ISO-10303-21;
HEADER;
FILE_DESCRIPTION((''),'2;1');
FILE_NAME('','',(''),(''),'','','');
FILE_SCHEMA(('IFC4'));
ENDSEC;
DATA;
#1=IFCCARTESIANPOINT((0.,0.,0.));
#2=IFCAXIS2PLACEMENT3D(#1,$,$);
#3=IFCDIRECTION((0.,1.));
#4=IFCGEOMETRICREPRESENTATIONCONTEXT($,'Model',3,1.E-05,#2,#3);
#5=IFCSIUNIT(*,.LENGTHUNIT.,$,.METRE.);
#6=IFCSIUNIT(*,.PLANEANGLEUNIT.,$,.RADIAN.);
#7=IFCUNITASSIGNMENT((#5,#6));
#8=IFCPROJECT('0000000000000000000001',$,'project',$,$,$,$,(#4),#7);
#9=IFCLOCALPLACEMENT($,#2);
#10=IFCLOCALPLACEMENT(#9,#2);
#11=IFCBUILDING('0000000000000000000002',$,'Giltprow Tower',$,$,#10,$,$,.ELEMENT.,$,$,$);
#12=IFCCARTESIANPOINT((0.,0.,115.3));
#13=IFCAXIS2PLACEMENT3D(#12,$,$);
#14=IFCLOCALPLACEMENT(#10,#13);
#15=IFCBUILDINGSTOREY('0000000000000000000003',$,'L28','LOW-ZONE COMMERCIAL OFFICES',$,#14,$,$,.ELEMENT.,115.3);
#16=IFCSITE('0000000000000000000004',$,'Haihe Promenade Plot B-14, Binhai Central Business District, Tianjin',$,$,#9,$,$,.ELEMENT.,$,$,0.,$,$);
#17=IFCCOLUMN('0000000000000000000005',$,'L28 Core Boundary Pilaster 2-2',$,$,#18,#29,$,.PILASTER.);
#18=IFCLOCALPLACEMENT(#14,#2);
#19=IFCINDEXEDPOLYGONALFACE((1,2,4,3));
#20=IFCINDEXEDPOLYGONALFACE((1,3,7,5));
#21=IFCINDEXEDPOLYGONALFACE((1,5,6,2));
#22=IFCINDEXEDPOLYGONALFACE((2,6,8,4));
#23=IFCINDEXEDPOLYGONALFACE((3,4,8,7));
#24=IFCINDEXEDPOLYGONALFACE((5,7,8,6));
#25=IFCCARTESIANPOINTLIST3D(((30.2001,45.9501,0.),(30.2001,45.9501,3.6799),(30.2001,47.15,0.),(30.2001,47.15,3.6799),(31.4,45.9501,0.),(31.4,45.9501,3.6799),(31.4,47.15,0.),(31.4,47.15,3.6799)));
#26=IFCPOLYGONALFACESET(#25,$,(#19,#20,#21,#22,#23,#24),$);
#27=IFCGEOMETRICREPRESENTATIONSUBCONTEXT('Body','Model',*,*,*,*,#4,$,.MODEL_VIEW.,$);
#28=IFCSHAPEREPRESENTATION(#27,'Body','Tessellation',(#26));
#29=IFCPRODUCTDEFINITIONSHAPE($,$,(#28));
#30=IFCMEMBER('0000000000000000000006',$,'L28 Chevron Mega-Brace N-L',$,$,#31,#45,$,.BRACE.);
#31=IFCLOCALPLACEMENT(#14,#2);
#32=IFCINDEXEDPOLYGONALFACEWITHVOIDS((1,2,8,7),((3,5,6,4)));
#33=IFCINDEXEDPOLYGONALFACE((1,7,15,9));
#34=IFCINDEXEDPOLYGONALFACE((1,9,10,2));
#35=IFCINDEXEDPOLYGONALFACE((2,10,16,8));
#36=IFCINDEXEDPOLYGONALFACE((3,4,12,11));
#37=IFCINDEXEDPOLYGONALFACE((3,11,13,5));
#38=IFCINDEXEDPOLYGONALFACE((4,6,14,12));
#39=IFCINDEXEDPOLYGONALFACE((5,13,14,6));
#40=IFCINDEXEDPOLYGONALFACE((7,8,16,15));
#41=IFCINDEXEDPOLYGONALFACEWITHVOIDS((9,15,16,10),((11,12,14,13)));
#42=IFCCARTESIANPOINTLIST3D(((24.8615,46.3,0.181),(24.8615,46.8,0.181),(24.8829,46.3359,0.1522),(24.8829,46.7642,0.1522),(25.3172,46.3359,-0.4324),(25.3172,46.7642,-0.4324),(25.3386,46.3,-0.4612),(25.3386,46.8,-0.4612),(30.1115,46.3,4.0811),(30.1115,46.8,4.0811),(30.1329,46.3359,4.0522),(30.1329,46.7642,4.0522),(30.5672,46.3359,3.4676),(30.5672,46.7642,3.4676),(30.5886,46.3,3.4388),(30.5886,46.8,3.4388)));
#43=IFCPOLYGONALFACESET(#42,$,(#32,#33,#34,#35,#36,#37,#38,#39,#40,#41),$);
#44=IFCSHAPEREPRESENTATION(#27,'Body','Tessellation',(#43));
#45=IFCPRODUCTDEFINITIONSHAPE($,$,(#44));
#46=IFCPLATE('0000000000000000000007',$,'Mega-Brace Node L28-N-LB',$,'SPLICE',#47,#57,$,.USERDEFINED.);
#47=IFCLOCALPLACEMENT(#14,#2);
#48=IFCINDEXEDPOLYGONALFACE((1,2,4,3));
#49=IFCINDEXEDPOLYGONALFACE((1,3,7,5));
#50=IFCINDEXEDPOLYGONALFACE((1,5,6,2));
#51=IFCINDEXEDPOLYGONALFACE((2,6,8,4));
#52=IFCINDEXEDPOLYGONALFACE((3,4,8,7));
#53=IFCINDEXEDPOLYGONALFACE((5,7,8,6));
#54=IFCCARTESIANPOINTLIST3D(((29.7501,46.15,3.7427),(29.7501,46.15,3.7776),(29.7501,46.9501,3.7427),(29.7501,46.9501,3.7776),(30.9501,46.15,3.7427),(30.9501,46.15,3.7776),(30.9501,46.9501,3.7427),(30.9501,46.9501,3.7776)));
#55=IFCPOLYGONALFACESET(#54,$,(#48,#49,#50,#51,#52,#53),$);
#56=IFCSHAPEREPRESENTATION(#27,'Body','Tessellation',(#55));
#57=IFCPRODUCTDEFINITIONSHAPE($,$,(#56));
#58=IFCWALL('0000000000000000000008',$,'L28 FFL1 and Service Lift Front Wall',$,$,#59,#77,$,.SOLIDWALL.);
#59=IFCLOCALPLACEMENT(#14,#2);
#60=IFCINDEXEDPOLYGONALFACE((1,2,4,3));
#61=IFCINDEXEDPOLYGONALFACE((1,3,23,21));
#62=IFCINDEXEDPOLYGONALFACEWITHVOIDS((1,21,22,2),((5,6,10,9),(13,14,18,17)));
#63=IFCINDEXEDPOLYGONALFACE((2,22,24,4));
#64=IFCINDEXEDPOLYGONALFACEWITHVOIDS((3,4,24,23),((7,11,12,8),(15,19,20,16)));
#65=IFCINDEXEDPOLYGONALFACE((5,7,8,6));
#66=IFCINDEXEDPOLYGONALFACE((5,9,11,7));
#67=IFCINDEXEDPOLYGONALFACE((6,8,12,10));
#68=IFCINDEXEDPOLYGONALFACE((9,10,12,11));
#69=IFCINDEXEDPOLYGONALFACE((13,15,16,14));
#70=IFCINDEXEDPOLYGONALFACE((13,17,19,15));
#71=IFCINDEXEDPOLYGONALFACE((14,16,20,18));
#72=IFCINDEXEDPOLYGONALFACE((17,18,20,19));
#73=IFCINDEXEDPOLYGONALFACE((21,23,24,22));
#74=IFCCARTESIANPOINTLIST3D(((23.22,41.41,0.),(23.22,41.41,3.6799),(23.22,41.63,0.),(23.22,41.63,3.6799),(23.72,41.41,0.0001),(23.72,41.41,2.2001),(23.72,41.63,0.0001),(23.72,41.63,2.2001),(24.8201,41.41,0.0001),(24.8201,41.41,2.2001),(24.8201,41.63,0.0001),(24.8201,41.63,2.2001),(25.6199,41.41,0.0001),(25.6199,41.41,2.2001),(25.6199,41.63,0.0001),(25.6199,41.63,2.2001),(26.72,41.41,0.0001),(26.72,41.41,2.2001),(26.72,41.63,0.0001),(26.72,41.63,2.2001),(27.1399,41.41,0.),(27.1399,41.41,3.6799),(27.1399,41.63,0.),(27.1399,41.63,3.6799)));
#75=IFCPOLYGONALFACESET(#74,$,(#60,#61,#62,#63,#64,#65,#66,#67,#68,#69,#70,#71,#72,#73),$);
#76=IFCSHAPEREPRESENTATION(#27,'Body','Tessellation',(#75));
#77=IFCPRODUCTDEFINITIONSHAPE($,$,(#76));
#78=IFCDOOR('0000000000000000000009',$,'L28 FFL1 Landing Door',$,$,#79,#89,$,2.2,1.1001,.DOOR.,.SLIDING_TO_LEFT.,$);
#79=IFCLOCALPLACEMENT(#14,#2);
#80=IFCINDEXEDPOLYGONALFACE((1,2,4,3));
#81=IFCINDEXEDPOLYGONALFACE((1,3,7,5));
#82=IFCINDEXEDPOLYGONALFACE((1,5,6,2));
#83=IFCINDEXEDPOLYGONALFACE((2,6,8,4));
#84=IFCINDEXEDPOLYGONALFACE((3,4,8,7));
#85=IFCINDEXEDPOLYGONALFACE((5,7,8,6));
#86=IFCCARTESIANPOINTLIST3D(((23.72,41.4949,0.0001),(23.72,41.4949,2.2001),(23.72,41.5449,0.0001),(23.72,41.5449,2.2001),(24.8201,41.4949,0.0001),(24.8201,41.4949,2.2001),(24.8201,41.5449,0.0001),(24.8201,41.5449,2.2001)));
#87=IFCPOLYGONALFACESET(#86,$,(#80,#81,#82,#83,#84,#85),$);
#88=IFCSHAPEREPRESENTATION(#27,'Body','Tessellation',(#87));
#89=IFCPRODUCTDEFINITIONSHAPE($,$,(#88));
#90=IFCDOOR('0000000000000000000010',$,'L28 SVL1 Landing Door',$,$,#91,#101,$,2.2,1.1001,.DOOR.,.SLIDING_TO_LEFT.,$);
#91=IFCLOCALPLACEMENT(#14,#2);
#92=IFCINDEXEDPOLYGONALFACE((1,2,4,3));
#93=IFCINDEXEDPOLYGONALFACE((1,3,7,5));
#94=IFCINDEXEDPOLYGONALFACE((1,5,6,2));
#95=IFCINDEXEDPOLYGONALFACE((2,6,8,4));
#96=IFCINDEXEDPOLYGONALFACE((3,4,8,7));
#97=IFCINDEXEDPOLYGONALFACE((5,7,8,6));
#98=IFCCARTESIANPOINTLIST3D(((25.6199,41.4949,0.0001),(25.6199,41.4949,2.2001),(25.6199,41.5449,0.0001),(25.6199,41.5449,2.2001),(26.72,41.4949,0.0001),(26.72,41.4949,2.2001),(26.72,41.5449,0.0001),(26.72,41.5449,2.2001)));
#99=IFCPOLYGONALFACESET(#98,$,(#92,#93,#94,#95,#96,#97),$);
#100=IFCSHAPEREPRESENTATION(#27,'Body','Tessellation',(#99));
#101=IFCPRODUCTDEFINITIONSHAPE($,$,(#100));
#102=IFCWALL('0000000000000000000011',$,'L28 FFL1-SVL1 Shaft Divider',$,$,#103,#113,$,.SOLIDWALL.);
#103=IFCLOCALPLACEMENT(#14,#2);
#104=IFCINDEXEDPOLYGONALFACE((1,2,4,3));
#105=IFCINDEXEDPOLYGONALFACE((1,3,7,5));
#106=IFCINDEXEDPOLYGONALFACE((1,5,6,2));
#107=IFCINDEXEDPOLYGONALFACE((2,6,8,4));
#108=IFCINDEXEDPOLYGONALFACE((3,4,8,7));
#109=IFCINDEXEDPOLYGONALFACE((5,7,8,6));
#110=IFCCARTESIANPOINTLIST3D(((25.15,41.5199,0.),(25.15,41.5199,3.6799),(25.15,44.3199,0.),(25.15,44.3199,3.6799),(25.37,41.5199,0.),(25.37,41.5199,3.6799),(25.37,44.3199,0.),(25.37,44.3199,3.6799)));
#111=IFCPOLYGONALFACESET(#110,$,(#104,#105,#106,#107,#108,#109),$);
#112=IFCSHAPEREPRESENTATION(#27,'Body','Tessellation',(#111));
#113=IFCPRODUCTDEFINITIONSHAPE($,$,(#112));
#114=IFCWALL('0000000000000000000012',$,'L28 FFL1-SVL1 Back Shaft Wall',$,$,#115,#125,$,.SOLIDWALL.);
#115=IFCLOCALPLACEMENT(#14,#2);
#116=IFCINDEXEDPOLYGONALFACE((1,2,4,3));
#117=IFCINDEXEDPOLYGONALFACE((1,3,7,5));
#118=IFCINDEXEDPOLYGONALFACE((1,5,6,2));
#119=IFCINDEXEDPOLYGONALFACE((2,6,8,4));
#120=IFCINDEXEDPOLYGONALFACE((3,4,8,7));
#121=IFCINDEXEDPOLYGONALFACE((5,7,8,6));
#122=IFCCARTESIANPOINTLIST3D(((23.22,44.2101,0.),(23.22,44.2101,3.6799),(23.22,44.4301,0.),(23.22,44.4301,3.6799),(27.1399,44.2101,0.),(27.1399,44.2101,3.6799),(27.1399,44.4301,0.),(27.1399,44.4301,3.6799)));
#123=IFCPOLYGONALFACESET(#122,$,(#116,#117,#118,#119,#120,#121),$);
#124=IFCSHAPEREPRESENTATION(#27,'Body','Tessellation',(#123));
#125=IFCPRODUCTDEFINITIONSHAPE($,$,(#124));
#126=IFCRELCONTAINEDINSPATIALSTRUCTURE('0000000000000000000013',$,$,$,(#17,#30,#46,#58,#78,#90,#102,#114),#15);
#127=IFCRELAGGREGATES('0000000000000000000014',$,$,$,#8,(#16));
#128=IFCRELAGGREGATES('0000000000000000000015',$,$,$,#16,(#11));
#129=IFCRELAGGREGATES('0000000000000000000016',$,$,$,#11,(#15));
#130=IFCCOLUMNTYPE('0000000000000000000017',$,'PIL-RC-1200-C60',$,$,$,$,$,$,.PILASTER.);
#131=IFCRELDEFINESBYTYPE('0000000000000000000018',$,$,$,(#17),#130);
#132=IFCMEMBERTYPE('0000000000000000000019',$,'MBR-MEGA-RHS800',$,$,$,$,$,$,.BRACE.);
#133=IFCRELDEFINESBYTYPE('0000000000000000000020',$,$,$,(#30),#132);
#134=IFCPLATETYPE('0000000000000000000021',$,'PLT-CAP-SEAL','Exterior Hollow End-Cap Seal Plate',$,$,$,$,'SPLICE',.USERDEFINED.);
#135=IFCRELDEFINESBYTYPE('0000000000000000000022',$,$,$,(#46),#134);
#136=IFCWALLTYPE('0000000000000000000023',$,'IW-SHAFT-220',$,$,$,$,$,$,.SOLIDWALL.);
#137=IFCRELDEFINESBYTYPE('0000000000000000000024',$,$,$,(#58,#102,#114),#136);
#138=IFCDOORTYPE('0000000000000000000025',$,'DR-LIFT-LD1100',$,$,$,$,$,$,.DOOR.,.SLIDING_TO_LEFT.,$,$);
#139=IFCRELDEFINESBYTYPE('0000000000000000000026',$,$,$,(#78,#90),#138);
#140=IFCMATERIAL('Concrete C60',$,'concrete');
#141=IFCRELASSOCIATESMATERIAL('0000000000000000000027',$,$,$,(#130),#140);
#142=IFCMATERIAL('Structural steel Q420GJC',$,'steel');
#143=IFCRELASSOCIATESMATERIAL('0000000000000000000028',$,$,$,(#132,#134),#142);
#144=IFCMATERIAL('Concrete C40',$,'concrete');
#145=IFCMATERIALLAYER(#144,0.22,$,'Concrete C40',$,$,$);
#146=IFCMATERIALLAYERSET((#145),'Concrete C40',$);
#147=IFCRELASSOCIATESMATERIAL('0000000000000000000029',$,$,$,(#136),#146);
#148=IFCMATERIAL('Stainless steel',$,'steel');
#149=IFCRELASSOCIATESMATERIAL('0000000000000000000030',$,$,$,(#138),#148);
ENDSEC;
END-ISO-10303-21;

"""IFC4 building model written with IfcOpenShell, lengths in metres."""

from ifc_helpers import new_model, si_unit, direction, frame, frame_2d, origin, origin_2d, place, context, subcontext, project, spatial, rectangle, hollow_rectangle, extrude, source, transform, mapped, material, layer, layer_set, material_profile, profile_set, type_object, element, fill, save


model = new_model("IFC4")

# Units and contexts
model_context = context("Model", 3, precision=1e-05, world=origin(), true_north=direction((0.0, 1.0)))
body_context = subcontext(model_context, "Body", "Model", "MODEL_VIEW")
ifc_project = project(units=[si_unit("LENGTHUNIT", "METRE"), si_unit("PLANEANGLEUNIT", "RADIAN")], contexts=[model_context])

# Site, building, storey
site_placement = place(None, origin())
site = spatial("IfcSite", under=ifc_project, at=site_placement, Name="Haihe Promenade Plot B-14, Binhai Central Business District, Tianjin", CompositionType="ELEMENT", RefElevation=0.0)
building_placement = place(site_placement, origin())
building = spatial("IfcBuilding", under=site, at=building_placement, Name="Giltprow Tower", CompositionType="ELEMENT")
storey_placement = place(building_placement, frame((0.0, 0.0, 115.3)))
storey = spatial("IfcBuildingStorey", under=building, at=storey_placement, Name="L28", Description="LOW-ZONE COMMERCIAL OFFICES", CompositionType="ELEMENT", Elevation=115.3)

# Column
ifc_material_1 = material(Name="Concrete C60", Category="concrete")
ifc_material_profile_1 = material_profile(ifc_material_1, rectangle(XDim=1.2, YDim=1.2, at=origin_2d()), Name="RC 1200x1200")
ifc_profile_set_1 = profile_set([ifc_material_profile_1], Name="Concrete C60")
column_type = type_object("IfcColumnType", Name="PIL-RC-1200-C60", PredefinedType="PILASTER", material=ifc_profile_set_1)
shared_shape_1 = source(origin(), body_context, "Body", "SweptSolid", [
    extrude(rectangle(XDim=1.2, YDim=1.2, at=origin_2d()), origin(), (0.0, 0.0, 1.0), 3.6799),
])
column_placement = place(storey_placement, frame((30.8, 46.55, 0.0), z_axis=(0.0, 0.0, 1.0), x_axis=(1.0, 0.0, 0.0)))
element("IfcColumn", 1, at=column_placement, inside=storey, type_object=column_type, Name="L28 Core Boundary Pilaster 2-2", PredefinedType="PILASTER", context=body_context, shape_type="MappedRepresentation", body=[
    mapped(shared_shape_1, transform((0.0, 0.0, 0.0), x_axis=(1.0, 0.0, 0.0), y_axis=(0.0, 1.0, 0.0), z_axis=(0.0, 0.0, 1.0), scale=1.0)),
])

# Member
ifc_material_2 = material(Name="Structural steel Q420GJC", Category="steel")
ifc_material_profile_2 = material_profile(ifc_material_2, hollow_rectangle(XDim=0.5, YDim=0.8, WallThickness=0.0359, at=origin_2d()), Name="RHS 800x500x36")
ifc_profile_set_2 = profile_set([ifc_material_profile_2], Name="Structural steel Q420GJC")
member_type = type_object("IfcMemberType", Name="MBR-MEGA-RHS800", PredefinedType="BRACE", material=ifc_profile_set_2)
shared_shape_2 = source(origin(), body_context, "Body", "SweptSolid", [
    extrude(hollow_rectangle(XDim=0.5, YDim=0.8, WallThickness=0.0359, at=origin_2d()), origin(), (0.0, 0.0, 1.0), 6.54),
])
member_placement = place(storey_placement, frame((25.1001, 46.55, -0.1401), z_axis=(0.802733, 0.0, 0.596338), x_axis=(0.0, 1.0, 0.0)))
element("IfcMember", 2, at=member_placement, inside=storey, type_object=member_type, Name="L28 Chevron Mega-Brace N-L", PredefinedType="BRACE", context=body_context, shape_type="MappedRepresentation", body=[
    mapped(shared_shape_2, transform((0.0, 0.0, 0.0), x_axis=(1.0, 0.0, 0.0), y_axis=(0.0, 1.0, 0.0), z_axis=(0.0, 0.0, 1.0), scale=1.0)),
])

# Plate
plate_type = type_object("IfcPlateType", Name="PLT-CAP-SEAL", Description="Exterior Hollow End-Cap Seal Plate", ElementType="SPLICE", PredefinedType="USERDEFINED", material=ifc_material_2)
shared_shape_3 = source(origin(), body_context, "Body", "SweptSolid", [
    extrude(rectangle(XDim=1.2, YDim=0.8, at=origin_2d()), origin(), (0.0, 0.0, 1.0), 0.0349),
])
plate_placement = place(storey_placement, frame((30.3501, 46.55, 3.7427), z_axis=(0.0, 0.0, 1.0), x_axis=(1.0, 0.0, 0.0)))
element("IfcPlate", 3, at=plate_placement, inside=storey, type_object=plate_type, Name="Mega-Brace Node L28-N-LB", ObjectType="SPLICE", PredefinedType="USERDEFINED", context=body_context, shape_type="MappedRepresentation", body=[
    mapped(shared_shape_3, transform((0.0, 0.0, 0.0), x_axis=(1.0, 0.0, 0.0), y_axis=(0.0, 1.0, 0.0), z_axis=(0.0, 0.0, 1.0), scale=1.0)),
])

# Wall, openings, doors
ifc_material_3 = material(Name="Concrete C40", Category="concrete")
ifc_layer_1 = layer(ifc_material_3, 0.22, Name="Concrete C40")
ifc_layer_set_1 = layer_set([ifc_layer_1], Name="Concrete C40")
wall_type_1 = type_object("IfcWallType", Name="IW-SHAFT-220", PredefinedType="SOLIDWALL", material=ifc_layer_set_1)
wall_1_placement = place(storey_placement, frame((23.22, 41.52, 0.0), z_axis=(0.0, 0.0, 1.0), x_axis=(1.0, 0.0, 0.0)))
wall_1 = element("IfcWall", 4, at=wall_1_placement, inside=storey, type_object=wall_type_1, Name="L28 FFL1 and Service Lift Front Wall", PredefinedType="SOLIDWALL", context=body_context, shape_type="SweptSolid", body=[
    extrude(rectangle(XDim=3.9199, YDim=0.22, at=frame_2d((1.96, 0.0))), origin(), (0.0, 0.0, 1.0), 3.6799),
])
opening_1_placement = place(wall_1_placement, frame((0.5, 0.0, 0.0)))
opening_1 = element("IfcOpeningElement", 5, at=opening_1_placement, cuts=wall_1, PredefinedType="OPENING", context=body_context, shape_type="SweptSolid", body=[
    extrude(rectangle(XDim=1.1001, YDim=2.2, at=frame_2d((0.55, 1.1001))), frame((0.0, 0.1199, 0.0), z_axis=(0.0, -1.0, 0.0), x_axis=(1.0, 0.0, 0.0)), (0.0, 0.0, 1.0), 0.24),
])
opening_2_placement = place(wall_1_placement, frame((2.3999, 0.0, 0.0)))
opening_2 = element("IfcOpeningElement", 6, at=opening_2_placement, cuts=wall_1, PredefinedType="OPENING", context=body_context, shape_type="SweptSolid", body=[
    extrude(rectangle(XDim=1.1001, YDim=2.2, at=frame_2d((0.55, 1.1001))), frame((0.0, 0.1199, 0.0), z_axis=(0.0, -1.0, 0.0), x_axis=(1.0, 0.0, 0.0)), (0.0, 0.0, 1.0), 0.24),
])
ifc_material_4 = material(Name="Stainless steel", Category="steel")
door_type = type_object("IfcDoorType", Name="DR-LIFT-LD1100", OperationType="SLIDING_TO_LEFT", PredefinedType="DOOR", material=ifc_material_4)
shared_shape_4 = source(origin(), body_context, "Body", "SweptSolid", [
    extrude(rectangle(XDim=1.1001, YDim=2.2, at=frame_2d((0.55, 1.1001))), frame((0.0, 0.0249, 0.0), z_axis=(0.0, -1.0, 0.0), x_axis=(1.0, 0.0, 0.0)), (0.0, 0.0, 1.0), 0.05),
])
door_1_placement = place(opening_1_placement, origin())
door_1 = element("IfcDoor", 7, at=door_1_placement, inside=storey, type_object=door_type, Name="L28 FFL1 Landing Door", OperationType="SLIDING_TO_LEFT", OverallHeight=2.2, OverallWidth=1.1001, PredefinedType="DOOR", context=body_context, shape_type="MappedRepresentation", body=[
    mapped(shared_shape_4, transform((0.0, 0.0, 0.0), x_axis=(1.0, 0.0, 0.0), y_axis=(0.0, 1.0, 0.0), z_axis=(0.0, 0.0, 1.0), scale=1.0)),
])
fill(opening_1, door_1)
door_2_placement = place(opening_2_placement, origin())
door_2 = element("IfcDoor", 8, at=door_2_placement, inside=storey, type_object=door_type, Name="L28 SVL1 Landing Door", OperationType="SLIDING_TO_LEFT", OverallHeight=2.2, OverallWidth=1.1001, PredefinedType="DOOR", context=body_context, shape_type="MappedRepresentation", body=[
    mapped(shared_shape_4, transform((0.0, 0.0, 0.0), x_axis=(1.0, 0.0, 0.0), y_axis=(0.0, 1.0, 0.0), z_axis=(0.0, 0.0, 1.0), scale=1.0)),
])
fill(opening_2, door_2)

# Walls
wall_2_placement = place(storey_placement, frame((25.26, 41.52, 0.0), z_axis=(0.0, 0.0, 1.0), x_axis=(0.0, 1.0, 0.0)))
element("IfcWall", 9, at=wall_2_placement, inside=storey, type_object=wall_type_1, Name="L28 FFL1-SVL1 Shaft Divider", PredefinedType="SOLIDWALL", context=body_context, shape_type="SweptSolid", body=[
    extrude(rectangle(XDim=2.8, YDim=0.22, at=frame_2d((1.3999, 0.0))), origin(), (0.0, 0.0, 1.0), 3.6799),
])
wall_3_placement = place(storey_placement, frame((23.22, 44.3201, 0.0), z_axis=(0.0, 0.0, 1.0), x_axis=(1.0, 0.0, 0.0)))
element("IfcWall", 10, at=wall_3_placement, inside=storey, type_object=wall_type_1, Name="L28 FFL1-SVL1 Back Shaft Wall", PredefinedType="SOLIDWALL", context=body_context, shape_type="SweptSolid", body=[
    extrude(rectangle(XDim=3.9199, YDim=0.22, at=frame_2d((1.96, 0.0))), origin(), (0.0, 0.0, 1.0), 3.6799),
])

save(model, "model.ifc")
